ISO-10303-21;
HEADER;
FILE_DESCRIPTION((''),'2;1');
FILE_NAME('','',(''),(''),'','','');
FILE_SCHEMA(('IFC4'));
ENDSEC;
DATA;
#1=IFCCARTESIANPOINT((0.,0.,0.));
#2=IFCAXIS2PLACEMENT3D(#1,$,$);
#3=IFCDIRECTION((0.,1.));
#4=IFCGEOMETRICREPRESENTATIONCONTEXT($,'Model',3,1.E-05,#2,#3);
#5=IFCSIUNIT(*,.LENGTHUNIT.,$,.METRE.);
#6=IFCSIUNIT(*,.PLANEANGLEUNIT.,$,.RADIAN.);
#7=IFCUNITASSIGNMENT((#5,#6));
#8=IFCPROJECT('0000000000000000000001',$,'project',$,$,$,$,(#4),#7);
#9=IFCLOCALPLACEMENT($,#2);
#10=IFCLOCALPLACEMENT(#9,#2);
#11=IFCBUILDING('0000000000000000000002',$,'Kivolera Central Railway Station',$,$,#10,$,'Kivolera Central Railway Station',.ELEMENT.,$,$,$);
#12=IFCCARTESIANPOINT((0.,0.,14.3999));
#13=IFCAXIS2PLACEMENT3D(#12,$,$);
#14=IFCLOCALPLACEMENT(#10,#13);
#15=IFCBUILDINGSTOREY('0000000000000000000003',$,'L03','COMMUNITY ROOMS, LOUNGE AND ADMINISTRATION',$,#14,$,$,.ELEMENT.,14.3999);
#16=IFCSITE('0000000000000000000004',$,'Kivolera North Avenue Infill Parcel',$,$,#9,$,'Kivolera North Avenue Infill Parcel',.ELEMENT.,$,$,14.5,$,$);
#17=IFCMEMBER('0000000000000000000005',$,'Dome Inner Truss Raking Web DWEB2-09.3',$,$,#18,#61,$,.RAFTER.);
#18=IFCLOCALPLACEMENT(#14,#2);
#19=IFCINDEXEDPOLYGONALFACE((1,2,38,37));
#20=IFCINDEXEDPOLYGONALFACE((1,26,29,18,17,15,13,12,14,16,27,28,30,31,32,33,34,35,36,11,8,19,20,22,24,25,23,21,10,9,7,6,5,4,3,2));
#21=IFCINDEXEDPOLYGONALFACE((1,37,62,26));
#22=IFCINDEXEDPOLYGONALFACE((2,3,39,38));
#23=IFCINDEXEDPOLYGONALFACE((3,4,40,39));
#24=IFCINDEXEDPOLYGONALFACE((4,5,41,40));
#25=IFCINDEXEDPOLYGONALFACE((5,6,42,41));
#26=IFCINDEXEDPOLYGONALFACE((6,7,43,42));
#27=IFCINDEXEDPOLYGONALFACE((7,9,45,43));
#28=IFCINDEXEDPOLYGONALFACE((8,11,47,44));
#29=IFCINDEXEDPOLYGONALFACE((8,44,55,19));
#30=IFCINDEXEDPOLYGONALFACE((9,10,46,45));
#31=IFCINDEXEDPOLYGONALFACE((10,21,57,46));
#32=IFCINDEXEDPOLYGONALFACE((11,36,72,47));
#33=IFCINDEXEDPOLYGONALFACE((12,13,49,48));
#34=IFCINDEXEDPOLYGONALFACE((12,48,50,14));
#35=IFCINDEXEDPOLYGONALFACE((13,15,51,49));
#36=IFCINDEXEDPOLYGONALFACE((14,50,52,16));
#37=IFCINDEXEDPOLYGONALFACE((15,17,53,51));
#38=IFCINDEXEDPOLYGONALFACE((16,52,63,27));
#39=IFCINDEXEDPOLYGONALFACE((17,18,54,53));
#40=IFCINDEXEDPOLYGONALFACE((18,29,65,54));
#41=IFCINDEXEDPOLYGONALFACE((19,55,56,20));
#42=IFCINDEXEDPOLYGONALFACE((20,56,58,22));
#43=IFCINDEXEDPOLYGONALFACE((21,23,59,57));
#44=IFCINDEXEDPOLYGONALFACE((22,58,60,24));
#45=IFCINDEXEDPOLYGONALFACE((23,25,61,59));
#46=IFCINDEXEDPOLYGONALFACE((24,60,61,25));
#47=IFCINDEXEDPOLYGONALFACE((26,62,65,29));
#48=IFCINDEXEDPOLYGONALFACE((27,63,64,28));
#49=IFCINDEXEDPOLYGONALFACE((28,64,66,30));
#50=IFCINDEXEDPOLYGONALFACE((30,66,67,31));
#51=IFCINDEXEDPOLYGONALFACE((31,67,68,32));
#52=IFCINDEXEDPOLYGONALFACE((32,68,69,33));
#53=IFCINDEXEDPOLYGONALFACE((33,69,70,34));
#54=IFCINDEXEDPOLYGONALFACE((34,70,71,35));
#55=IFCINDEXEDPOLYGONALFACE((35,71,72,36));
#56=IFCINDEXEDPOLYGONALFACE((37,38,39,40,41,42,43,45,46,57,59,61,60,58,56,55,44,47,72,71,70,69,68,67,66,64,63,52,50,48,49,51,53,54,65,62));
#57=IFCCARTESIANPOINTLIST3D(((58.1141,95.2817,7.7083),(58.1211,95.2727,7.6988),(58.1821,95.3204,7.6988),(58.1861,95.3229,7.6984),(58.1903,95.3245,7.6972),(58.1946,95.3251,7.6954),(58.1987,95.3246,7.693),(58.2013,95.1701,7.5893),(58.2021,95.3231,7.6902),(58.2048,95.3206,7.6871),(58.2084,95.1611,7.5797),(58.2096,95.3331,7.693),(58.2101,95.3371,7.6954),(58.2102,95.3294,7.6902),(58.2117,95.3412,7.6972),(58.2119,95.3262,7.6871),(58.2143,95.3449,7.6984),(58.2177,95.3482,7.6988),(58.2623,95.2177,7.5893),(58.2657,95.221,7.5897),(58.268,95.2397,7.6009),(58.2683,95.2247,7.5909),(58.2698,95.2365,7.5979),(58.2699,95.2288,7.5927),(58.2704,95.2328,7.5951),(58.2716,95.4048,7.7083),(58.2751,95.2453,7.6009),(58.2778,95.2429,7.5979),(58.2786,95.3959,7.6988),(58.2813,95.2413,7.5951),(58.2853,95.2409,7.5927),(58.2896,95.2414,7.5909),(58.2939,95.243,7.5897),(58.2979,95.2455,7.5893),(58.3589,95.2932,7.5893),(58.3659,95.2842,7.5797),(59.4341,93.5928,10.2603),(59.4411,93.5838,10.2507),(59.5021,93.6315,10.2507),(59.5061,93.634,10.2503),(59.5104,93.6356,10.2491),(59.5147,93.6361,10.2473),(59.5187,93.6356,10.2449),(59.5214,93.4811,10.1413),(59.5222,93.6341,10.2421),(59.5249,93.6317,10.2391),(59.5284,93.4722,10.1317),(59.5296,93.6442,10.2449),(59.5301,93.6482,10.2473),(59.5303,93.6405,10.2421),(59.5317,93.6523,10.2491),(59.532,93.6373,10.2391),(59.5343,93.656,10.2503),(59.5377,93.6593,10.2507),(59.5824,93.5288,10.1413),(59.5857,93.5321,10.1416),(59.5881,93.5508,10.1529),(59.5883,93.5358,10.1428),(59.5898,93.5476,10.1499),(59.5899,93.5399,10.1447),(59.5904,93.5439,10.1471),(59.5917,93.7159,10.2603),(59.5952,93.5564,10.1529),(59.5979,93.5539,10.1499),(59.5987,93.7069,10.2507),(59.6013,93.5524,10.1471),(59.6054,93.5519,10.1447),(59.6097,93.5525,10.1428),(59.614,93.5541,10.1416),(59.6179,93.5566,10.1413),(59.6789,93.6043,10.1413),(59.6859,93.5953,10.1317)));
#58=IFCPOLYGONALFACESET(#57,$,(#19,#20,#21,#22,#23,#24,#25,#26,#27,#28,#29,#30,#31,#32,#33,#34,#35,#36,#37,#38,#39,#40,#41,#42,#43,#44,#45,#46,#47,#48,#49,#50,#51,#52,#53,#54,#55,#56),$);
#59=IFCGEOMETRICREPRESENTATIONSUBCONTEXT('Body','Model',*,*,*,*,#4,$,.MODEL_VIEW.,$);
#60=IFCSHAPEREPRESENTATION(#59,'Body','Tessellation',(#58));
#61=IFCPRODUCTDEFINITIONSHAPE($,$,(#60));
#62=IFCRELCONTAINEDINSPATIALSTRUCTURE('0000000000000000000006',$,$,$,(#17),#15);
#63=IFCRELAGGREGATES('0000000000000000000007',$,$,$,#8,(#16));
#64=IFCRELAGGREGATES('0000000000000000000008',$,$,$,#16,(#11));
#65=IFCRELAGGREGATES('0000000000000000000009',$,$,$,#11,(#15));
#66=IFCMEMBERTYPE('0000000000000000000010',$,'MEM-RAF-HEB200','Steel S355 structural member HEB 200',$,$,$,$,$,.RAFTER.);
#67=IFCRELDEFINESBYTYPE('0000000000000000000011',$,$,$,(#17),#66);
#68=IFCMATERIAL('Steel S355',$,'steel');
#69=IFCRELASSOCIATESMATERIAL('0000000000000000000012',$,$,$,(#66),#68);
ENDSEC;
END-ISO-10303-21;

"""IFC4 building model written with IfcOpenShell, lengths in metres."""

from ifc_helpers import new_model, si_unit, direction, frame, origin, origin_2d, place, context, subcontext, project, spatial, i_section, extrude, material, material_profile, profile_set, type_object, element, save


model = new_model("IFC4")

# Units and contexts
model_context = context("Model", 3, precision=1e-05, world=origin(), true_north=direction((0.0, 1.0)))
body_context = subcontext(model_context, "Body", "Model", "MODEL_VIEW")
ifc_project = project(units=[si_unit("LENGTHUNIT", "METRE"), si_unit("PLANEANGLEUNIT", "RADIAN")], contexts=[model_context])

# Site, building, storey
site_placement = place(None, origin())
site = spatial("IfcSite", under=ifc_project, at=site_placement, Name="Kivolera North Avenue Infill Parcel", LongName="Kivolera North Avenue Infill Parcel", CompositionType="ELEMENT", RefElevation=14.5)
building_placement = place(site_placement, origin())
building = spatial("IfcBuilding", under=site, at=building_placement, Name="Kivolera Central Railway Station", LongName="Kivolera Central Railway Station", CompositionType="ELEMENT")
storey_placement = place(building_placement, frame((0.0, 0.0, 14.3999)))
storey = spatial("IfcBuildingStorey", under=building, at=storey_placement, Name="L03", Description="COMMUNITY ROOMS, LOUNGE AND ADMINISTRATION", CompositionType="ELEMENT", Elevation=14.3999)

# Shared definitions
ifc_material_1 = material(Name="Steel S355", Category="steel")

# Member
ifc_material_profile_1 = material_profile(ifc_material_1, i_section(OverallWidth=0.2, OverallDepth=0.2, WebThickness=0.009, FlangeThickness=0.0149, FilletRadius=0.0181, at=origin_2d()), Name="HEB 200")
ifc_profile_set_1 = profile_set([ifc_material_profile_1], Name="Steel S355")
member_type_1 = type_object("IfcMemberType", Name="MEM-RAF-HEB200", Description="Steel S355 structural member HEB 200", PredefinedType="RAFTER", material=ifc_profile_set_1)
member_1_placement = place(storey_placement, frame((58.24, 95.283, 7.644), z_axis=(0.396078, -0.506763, 0.765711), x_axis=(0.787897, 0.615808, 0.0)))
element("IfcMember", 1, at=member_1_placement, inside=storey, type_object=member_type_1, Name="Dome Inner Truss Raking Web DWEB2-09.3", PredefinedType="RAFTER", context=body_context, shape_type="SweptSolid", body=[
    extrude(i_section(OverallWidth=0.2, OverallDepth=0.2, WebThickness=0.009, FlangeThickness=0.0149, FilletRadius=0.0181, at=origin_2d()), origin(), (0.0, 0.0, 1.0), 3.3328),
])

save(model, "model.ifc")
